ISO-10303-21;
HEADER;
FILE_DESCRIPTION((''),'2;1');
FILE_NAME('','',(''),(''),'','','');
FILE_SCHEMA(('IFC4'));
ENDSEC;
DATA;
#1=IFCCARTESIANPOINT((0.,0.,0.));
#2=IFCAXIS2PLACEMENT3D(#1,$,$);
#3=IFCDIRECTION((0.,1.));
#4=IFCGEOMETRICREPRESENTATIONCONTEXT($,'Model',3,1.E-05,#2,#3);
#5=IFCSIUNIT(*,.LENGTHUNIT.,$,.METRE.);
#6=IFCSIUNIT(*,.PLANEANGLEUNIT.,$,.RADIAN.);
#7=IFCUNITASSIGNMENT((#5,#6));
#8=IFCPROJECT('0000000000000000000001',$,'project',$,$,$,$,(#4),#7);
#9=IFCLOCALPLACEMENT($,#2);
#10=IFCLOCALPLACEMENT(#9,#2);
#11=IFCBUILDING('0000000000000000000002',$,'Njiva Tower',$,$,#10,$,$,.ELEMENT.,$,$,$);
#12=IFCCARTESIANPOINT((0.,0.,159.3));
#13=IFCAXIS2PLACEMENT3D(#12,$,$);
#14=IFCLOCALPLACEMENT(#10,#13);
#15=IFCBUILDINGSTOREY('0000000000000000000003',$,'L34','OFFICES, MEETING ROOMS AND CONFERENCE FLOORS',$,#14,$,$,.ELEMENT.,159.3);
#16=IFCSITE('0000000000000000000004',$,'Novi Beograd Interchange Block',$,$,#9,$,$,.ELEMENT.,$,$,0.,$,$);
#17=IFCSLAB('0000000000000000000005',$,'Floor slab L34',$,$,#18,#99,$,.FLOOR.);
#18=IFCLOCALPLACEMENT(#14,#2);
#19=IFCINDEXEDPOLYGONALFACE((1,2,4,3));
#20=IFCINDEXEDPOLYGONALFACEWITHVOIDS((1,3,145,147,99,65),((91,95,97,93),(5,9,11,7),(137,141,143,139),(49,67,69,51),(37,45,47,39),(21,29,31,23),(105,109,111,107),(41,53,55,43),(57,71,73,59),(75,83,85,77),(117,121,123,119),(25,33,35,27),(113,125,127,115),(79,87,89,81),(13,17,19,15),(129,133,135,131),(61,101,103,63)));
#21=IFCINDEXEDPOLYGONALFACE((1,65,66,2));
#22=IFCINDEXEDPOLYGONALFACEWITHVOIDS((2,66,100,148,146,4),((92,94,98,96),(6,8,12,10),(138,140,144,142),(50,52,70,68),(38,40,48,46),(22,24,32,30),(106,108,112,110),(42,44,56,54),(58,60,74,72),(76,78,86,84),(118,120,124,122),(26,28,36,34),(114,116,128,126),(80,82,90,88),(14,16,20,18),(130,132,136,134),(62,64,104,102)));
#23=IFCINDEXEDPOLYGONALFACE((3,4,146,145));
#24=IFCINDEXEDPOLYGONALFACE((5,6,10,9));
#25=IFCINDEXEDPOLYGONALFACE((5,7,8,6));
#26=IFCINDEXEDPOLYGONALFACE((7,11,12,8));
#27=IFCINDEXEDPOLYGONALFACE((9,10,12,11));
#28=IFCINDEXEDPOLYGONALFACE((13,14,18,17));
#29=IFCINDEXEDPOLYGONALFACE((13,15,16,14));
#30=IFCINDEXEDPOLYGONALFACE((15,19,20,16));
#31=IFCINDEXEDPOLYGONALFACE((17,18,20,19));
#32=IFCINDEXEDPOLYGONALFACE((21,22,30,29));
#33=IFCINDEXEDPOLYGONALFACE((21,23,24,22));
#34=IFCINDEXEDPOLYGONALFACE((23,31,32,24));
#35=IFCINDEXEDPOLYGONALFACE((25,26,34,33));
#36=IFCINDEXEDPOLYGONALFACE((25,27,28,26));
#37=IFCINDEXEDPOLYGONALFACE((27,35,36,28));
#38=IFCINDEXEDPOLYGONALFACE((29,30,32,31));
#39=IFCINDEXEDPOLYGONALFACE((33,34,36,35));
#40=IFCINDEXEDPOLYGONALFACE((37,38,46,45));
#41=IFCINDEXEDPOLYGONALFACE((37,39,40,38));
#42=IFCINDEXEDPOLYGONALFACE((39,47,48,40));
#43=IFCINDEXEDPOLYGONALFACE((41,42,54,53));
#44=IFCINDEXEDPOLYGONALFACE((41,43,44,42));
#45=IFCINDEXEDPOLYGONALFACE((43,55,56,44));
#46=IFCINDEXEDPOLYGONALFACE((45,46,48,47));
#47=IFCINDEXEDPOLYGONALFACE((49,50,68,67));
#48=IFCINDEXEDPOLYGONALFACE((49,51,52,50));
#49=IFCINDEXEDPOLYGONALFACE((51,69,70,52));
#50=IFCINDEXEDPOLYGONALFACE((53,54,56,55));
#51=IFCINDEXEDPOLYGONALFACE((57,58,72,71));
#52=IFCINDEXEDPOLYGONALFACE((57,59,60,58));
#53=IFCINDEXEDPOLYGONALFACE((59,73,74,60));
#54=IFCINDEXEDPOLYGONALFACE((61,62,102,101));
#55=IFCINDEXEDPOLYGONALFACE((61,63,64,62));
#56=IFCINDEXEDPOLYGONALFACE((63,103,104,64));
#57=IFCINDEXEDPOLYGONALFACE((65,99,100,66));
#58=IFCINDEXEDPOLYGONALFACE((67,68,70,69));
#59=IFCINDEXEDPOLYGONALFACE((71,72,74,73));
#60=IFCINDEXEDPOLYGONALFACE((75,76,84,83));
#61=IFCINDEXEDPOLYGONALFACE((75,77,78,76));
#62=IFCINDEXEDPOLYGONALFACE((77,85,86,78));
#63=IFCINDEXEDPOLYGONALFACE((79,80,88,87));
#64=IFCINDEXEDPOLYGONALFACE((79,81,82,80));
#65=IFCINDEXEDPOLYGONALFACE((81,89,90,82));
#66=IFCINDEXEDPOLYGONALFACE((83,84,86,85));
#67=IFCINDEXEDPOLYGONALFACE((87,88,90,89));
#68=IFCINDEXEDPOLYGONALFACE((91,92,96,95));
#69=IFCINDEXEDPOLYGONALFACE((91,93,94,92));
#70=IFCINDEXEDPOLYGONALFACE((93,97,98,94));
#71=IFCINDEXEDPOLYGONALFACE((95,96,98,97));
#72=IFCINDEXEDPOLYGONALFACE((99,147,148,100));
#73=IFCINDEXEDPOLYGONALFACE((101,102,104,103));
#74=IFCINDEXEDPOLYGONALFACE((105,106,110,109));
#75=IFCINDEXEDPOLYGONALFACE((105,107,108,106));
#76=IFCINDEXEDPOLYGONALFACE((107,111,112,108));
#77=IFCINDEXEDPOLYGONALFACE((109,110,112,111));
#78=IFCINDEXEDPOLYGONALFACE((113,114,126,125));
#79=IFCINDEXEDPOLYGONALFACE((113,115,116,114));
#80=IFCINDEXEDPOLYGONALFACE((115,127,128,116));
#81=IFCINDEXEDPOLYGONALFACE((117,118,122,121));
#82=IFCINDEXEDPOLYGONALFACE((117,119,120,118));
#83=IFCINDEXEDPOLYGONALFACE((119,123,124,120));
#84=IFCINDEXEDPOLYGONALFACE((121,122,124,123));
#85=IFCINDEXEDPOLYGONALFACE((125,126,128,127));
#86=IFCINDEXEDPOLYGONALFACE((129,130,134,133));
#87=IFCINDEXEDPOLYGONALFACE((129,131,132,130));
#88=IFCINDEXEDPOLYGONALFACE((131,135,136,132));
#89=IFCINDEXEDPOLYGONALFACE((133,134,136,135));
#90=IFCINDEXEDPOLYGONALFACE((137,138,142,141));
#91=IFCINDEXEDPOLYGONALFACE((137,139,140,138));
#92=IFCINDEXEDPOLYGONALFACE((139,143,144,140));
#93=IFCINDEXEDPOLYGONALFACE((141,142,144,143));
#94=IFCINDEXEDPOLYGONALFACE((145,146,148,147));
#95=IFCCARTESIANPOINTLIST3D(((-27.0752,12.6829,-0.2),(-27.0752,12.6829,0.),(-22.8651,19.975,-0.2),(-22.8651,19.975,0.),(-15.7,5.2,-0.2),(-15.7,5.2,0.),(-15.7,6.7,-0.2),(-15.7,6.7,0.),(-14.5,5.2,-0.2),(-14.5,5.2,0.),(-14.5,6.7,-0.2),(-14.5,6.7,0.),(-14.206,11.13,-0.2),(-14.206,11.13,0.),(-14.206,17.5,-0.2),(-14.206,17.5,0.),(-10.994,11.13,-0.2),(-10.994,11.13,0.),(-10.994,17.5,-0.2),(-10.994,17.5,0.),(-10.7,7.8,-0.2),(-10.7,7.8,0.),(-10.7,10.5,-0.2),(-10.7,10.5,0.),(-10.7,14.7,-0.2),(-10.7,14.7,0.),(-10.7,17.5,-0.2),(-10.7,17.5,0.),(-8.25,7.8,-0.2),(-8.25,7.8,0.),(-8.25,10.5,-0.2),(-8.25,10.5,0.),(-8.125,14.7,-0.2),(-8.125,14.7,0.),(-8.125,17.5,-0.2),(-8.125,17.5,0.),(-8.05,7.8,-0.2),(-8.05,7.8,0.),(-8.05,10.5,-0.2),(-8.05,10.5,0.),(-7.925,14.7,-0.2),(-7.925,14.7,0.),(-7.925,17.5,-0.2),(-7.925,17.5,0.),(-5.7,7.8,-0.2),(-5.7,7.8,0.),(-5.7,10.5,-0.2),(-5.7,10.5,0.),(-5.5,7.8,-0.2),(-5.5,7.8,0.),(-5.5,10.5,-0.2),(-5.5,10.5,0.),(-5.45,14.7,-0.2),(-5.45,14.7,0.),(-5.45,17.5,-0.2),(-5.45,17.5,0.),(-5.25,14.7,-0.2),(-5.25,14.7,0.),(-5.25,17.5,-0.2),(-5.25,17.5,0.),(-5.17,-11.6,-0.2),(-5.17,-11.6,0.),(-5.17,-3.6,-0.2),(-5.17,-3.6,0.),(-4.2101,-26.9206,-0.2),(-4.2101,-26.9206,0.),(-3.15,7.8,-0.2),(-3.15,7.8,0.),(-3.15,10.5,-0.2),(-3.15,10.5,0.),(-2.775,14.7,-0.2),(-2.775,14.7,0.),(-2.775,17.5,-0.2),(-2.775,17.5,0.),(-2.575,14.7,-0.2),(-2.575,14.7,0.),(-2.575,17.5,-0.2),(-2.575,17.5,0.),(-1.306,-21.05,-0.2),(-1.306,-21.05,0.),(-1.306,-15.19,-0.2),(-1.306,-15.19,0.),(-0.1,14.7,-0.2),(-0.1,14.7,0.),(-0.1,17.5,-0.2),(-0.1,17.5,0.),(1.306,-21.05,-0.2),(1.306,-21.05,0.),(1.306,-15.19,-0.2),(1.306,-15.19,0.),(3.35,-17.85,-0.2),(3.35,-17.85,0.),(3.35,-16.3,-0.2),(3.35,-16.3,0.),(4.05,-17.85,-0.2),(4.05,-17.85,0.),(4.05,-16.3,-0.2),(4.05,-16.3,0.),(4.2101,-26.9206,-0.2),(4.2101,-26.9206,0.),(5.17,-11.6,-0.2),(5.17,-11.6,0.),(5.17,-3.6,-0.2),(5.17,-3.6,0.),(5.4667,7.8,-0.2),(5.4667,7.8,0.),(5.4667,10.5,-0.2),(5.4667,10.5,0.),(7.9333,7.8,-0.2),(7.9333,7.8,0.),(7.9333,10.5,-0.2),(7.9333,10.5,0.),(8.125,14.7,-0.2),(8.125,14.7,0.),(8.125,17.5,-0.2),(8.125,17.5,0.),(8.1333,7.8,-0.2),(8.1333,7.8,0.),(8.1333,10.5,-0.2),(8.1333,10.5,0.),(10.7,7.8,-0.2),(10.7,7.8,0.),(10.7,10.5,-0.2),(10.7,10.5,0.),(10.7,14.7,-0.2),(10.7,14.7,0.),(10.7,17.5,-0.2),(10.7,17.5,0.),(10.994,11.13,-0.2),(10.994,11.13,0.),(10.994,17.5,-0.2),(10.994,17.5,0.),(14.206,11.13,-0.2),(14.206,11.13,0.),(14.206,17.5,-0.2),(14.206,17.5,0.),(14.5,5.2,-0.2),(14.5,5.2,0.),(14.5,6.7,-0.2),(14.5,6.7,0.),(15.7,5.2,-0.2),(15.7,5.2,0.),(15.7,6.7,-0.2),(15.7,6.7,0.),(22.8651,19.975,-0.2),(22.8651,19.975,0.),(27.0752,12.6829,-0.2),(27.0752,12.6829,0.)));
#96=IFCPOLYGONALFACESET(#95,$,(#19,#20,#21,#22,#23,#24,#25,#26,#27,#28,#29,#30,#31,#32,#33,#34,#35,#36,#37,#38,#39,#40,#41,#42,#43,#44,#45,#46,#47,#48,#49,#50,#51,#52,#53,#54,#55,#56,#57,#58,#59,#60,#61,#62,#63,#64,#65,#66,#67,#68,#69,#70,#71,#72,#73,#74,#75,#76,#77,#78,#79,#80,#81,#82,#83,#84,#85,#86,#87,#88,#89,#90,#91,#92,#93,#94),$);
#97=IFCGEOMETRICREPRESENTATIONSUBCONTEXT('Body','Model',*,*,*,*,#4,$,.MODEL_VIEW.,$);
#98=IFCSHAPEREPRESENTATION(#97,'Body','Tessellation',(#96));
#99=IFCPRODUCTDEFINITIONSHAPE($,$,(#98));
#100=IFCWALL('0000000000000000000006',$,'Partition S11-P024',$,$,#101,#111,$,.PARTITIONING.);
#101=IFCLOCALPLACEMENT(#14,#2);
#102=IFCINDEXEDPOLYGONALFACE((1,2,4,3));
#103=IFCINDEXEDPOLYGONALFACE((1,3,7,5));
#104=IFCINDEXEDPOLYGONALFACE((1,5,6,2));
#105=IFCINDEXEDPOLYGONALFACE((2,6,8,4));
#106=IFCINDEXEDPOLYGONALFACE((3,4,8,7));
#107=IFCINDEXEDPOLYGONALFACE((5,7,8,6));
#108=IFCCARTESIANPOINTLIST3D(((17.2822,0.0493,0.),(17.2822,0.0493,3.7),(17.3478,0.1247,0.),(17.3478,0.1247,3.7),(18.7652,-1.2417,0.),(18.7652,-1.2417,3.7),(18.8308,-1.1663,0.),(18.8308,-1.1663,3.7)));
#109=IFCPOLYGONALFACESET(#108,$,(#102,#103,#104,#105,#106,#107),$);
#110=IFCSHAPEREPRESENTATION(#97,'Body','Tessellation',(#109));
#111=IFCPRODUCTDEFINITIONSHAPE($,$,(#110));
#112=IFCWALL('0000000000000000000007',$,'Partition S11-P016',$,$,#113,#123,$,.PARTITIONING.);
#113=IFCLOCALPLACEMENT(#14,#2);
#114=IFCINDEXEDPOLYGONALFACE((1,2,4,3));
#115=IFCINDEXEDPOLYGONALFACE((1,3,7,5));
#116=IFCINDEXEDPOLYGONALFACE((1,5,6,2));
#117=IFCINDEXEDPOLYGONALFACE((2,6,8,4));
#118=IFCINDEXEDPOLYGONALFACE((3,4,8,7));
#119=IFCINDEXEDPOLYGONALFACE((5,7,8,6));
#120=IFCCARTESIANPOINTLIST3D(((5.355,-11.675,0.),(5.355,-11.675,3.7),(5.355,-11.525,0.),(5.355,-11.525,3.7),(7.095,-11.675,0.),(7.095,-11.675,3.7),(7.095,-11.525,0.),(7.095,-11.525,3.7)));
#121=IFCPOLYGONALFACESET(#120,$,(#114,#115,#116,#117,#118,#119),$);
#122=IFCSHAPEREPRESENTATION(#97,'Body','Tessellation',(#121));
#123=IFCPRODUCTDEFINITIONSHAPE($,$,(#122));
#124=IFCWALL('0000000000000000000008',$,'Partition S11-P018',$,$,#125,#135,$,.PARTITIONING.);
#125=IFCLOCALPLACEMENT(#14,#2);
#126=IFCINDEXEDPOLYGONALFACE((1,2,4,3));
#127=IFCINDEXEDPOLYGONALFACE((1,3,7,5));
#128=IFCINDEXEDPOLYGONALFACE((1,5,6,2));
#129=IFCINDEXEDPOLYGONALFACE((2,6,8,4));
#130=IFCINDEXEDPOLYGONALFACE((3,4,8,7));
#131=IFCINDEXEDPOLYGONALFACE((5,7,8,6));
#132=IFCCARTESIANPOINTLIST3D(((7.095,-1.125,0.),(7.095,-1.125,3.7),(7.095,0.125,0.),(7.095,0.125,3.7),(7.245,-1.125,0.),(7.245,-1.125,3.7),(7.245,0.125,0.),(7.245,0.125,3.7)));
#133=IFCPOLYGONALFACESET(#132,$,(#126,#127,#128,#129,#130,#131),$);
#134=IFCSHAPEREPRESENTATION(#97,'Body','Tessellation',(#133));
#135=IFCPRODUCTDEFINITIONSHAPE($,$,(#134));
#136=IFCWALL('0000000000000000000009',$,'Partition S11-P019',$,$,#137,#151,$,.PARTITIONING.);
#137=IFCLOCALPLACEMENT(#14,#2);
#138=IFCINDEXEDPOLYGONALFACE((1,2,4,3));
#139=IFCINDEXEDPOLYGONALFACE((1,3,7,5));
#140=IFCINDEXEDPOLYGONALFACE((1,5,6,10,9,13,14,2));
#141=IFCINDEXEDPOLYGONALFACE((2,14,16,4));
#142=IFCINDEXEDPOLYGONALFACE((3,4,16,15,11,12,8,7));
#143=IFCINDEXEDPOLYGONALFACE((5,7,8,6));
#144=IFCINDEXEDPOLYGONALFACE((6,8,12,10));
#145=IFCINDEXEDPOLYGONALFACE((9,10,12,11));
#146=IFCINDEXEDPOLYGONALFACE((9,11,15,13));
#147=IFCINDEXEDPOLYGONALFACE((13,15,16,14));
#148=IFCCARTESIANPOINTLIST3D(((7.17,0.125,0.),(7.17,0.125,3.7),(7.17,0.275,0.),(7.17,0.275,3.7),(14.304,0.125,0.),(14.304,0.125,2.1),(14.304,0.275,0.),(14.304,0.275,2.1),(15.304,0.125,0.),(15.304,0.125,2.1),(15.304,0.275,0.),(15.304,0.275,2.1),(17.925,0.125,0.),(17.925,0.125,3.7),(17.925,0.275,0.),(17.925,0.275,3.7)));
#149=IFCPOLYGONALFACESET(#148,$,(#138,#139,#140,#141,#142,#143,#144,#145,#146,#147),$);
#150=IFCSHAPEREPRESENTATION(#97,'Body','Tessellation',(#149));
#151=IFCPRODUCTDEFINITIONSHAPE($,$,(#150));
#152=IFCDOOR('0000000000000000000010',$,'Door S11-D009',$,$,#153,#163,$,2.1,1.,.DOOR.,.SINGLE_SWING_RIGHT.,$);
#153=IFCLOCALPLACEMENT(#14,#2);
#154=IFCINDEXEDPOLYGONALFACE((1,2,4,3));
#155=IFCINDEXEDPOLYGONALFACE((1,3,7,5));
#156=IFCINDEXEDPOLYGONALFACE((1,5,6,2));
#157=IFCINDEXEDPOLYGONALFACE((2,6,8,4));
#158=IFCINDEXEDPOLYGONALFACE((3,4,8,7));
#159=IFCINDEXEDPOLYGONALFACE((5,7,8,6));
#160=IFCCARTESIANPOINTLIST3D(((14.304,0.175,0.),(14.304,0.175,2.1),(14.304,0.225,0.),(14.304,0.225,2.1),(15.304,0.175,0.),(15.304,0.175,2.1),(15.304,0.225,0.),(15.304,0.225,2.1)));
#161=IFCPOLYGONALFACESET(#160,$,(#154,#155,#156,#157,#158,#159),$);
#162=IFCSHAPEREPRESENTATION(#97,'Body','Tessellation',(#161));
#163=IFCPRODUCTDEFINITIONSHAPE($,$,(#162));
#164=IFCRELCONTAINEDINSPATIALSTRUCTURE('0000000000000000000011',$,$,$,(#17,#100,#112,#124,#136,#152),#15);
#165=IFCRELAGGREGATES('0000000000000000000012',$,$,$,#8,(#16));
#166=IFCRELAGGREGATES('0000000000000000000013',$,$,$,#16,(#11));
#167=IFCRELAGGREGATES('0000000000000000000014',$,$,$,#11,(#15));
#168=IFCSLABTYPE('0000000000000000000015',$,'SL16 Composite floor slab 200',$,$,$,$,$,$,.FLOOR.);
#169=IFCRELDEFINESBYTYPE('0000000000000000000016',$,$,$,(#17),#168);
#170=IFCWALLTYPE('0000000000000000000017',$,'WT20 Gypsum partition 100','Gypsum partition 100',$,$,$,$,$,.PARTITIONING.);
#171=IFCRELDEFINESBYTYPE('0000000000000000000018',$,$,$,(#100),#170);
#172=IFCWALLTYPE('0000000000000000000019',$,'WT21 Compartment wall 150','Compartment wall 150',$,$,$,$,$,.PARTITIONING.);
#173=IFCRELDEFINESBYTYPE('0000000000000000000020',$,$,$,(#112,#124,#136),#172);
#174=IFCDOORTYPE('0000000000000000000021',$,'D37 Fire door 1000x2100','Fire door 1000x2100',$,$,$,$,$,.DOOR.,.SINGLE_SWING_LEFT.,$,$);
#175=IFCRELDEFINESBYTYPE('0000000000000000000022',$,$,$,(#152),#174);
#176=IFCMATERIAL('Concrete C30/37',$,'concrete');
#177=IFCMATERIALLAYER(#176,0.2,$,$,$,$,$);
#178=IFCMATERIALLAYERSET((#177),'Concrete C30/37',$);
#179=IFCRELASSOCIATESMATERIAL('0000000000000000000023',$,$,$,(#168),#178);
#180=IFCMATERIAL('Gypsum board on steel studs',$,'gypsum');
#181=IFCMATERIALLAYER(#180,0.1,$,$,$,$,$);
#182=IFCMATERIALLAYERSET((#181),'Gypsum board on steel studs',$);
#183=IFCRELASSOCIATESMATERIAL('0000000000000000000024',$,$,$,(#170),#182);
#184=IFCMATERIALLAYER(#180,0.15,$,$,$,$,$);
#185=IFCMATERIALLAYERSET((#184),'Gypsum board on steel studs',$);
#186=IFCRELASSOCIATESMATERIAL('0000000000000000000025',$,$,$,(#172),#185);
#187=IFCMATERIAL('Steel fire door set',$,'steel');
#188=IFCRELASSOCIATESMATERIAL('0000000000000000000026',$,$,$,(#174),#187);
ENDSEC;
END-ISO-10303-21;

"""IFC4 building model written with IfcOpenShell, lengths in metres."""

from ifc_helpers import new_model, si_unit, direction, frame, frame_2d, origin, place, context, subcontext, project, spatial, polyline, rectangle, outline, extrude, material, layer, layer_set, type_object, element, fill, save


model = new_model("IFC4")

# Units and contexts
model_context = context("Model", 3, precision=1e-05, world=origin(), true_north=direction((0.0, 1.0)))
body_context = subcontext(model_context, "Body", "Model", "MODEL_VIEW")
ifc_project = project(units=[si_unit("LENGTHUNIT", "METRE"), si_unit("PLANEANGLEUNIT", "RADIAN")], contexts=[model_context])

# Site, building, storey
site_placement = place(None, origin())
site = spatial("IfcSite", under=ifc_project, at=site_placement, Name="Novi Beograd Interchange Block", CompositionType="ELEMENT", RefElevation=0.0)
building_placement = place(site_placement, origin())
building = spatial("IfcBuilding", under=site, at=building_placement, Name="Njiva Tower", CompositionType="ELEMENT")
storey_placement = place(building_placement, frame((0.0, 0.0, 159.3)))
storey = spatial("IfcBuildingStorey", under=building, at=storey_placement, Name="L34", Description="OFFICES, MEETING ROOMS AND CONFERENCE FLOORS", CompositionType="ELEMENT", Elevation=159.3)

# Slab
ifc_material_1 = material(Name="Concrete C30/37", Category="concrete")
ifc_layer_1 = layer(ifc_material_1, 0.2)
ifc_layer_set_1 = layer_set([ifc_layer_1], Name="Concrete C30/37")
slab_type_1 = type_object("IfcSlabType", Name="SL16 Composite floor slab 200", PredefinedType="FLOOR", material=ifc_layer_set_1)
slab_1_placement = place(storey_placement, frame((0.0, 0.0, -0.2)))
element("IfcSlab", 1, at=slab_1_placement, inside=storey, type_object=slab_type_1, Name="Floor slab L34", PredefinedType="FLOOR", context=body_context, shape_type="SweptSolid", body=[
    extrude(outline(polyline([(27.0752, 12.6829), (4.2101, -26.9206), (-4.2101, -26.9206), (-27.0752, 12.6829), (-22.8651, 19.975), (22.8651, 19.975), (27.0752, 12.6829)]), holes=[polyline([(14.5, 5.2), (15.7, 5.2), (15.7, 6.7), (14.5, 6.7), (14.5, 5.2)]), polyline([(10.994, 17.5), (10.994, 11.13), (14.206, 11.13), (14.206, 17.5), (10.994, 17.5)]), polyline([(8.125, 17.5), (8.125, 14.7), (10.7, 14.7), (10.7, 17.5), (8.125, 17.5)]), polyline([(8.1333, 7.8), (10.7, 7.8), (10.7, 10.5), (8.1333, 10.5), (8.1333, 7.8)]), polyline([(5.4667, 7.8), (7.9333, 7.8), (7.9333, 10.5), (5.4667, 10.5), (5.4667, 7.8)]), polyline([(5.17, -11.6), (5.17, -3.6), (-5.17, -3.6), (-5.17, -11.6), (5.17, -11.6)]), polyline([(3.35, -17.85), (4.05, -17.85), (4.05, -16.3), (3.35, -16.3), (3.35, -17.85)]), polyline([(-1.306, -21.05), (1.306, -21.05), (1.306, -15.19), (-1.306, -15.19), (-1.306, -21.05)]), polyline([(-2.575, 14.7), (-0.1, 14.7), (-0.1, 17.5), (-2.575, 17.5), (-2.575, 14.7)]), polyline([(-5.25, 14.7), (-2.775, 14.7), (-2.775, 17.5), (-5.25, 17.5), (-5.25, 14.7)]), polyline([(-5.5, 7.8), (-3.15, 7.8), (-3.15, 10.5), (-5.5, 10.5), (-5.5, 7.8)]), polyline([(-7.925, 14.7), (-5.45, 14.7), (-5.45, 17.5), (-7.925, 17.5), (-7.925, 14.7)]), polyline([(-8.05, 7.8), (-5.7, 7.8), (-5.7, 10.5), (-8.05, 10.5), (-8.05, 7.8)]), polyline([(-10.7, 14.7), (-8.125, 14.7), (-8.125, 17.5), (-10.7, 17.5), (-10.7, 14.7)]), polyline([(-10.7, 7.8), (-8.25, 7.8), (-8.25, 10.5), (-10.7, 10.5), (-10.7, 7.8)]), polyline([(-14.206, 11.13), (-10.994, 11.13), (-10.994, 17.5), (-14.206, 17.5), (-14.206, 11.13)]), polyline([(-15.7, 5.2), (-14.5, 5.2), (-14.5, 6.7), (-15.7, 6.7), (-15.7, 5.2)])]), origin(), (0.0, 0.0, 1.0), 0.2),
])

# Walls
ifc_material_2 = material(Name="Gypsum board on steel studs", Category="gypsum")
ifc_layer_2 = layer(ifc_material_2, 0.1)
ifc_layer_set_2 = layer_set([ifc_layer_2], Name="Gypsum board on steel studs")
wall_type_1 = type_object("IfcWallType", Name="WT20 Gypsum partition 100", Description="Gypsum partition 100", PredefinedType="PARTITIONING", material=ifc_layer_set_2)
wall_1_placement = place(storey_placement, frame((17.315, 0.087, 0.0), z_axis=(0.0, 0.0, 1.0), x_axis=(0.754244, -0.656594, 0.0)))
element("IfcWall", 2, at=wall_1_placement, inside=storey, type_object=wall_type_1, Name="Partition S11-P024", PredefinedType="PARTITIONING", context=body_context, shape_type="SweptSolid", body=[
    extrude(rectangle(XDim=1.9662, YDim=0.1, at=frame_2d((0.9831, 0.0))), origin(), (0.0, 0.0, 1.0), 3.7),
])
ifc_layer_3 = layer(ifc_material_2, 0.15)
ifc_layer_set_3 = layer_set([ifc_layer_3], Name="Gypsum board on steel studs")
wall_type_2 = type_object("IfcWallType", Name="WT21 Compartment wall 150", Description="Compartment wall 150", PredefinedType="PARTITIONING", material=ifc_layer_set_3)
wall_2_placement = place(storey_placement, frame((5.355, -11.6, 0.0), z_axis=(0.0, 0.0, 1.0), x_axis=(1.0, 0.0, 0.0)))
element("IfcWall", 3, at=wall_2_placement, inside=storey, type_object=wall_type_2, Name="Partition S11-P016", PredefinedType="PARTITIONING", context=body_context, shape_type="SweptSolid", body=[
    extrude(rectangle(XDim=1.74, YDim=0.15, at=frame_2d((0.87, 0.0))), origin(), (0.0, 0.0, 1.0), 3.7),
])
wall_3_placement = place(storey_placement, frame((7.17, -1.125, 0.0), z_axis=(0.0, 0.0, 1.0), x_axis=(0.0, 1.0, 0.0)))
element("IfcWall", 4, at=wall_3_placement, inside=storey, type_object=wall_type_2, Name="Partition S11-P018", PredefinedType="PARTITIONING", context=body_context, shape_type="SweptSolid", body=[
    extrude(rectangle(XDim=1.25, YDim=0.15, at=frame_2d((0.625, 0.0))), origin(), (0.0, 0.0, 1.0), 3.7),
])

# Wall, opening, door
wall_4_placement = place(storey_placement, frame((7.17, 0.2, 0.0), z_axis=(0.0, 0.0, 1.0), x_axis=(1.0, 0.0, 0.0)))
wall_4 = element("IfcWall", 5, at=wall_4_placement, inside=storey, type_object=wall_type_2, Name="Partition S11-P019", PredefinedType="PARTITIONING", context=body_context, shape_type="SweptSolid", body=[
    extrude(rectangle(XDim=10.755, YDim=0.15, at=frame_2d((5.3775, 0.0))), origin(), (0.0, 0.0, 1.0), 3.7),
])
opening_1_placement = place(wall_4_placement, frame((7.134, 0.0, 0.0)))
opening_1 = element("IfcOpeningElement", 6, at=opening_1_placement, cuts=wall_4, PredefinedType="OPENING", context=body_context, shape_type="SweptSolid", body=[
    extrude(rectangle(XDim=1.0, YDim=2.1, at=frame_2d((0.5, 1.05))), frame((0.0, 0.085, 0.0), z_axis=(0.0, -1.0, 0.0), x_axis=(1.0, 0.0, 0.0)), (0.0, 0.0, 1.0), 0.17),
])
ifc_material_3 = material(Name="Steel fire door set", Category="steel")
door_type = type_object("IfcDoorType", Name="D37 Fire door 1000x2100", Description="Fire door 1000x2100", OperationType="SINGLE_SWING_LEFT", PredefinedType="DOOR", material=ifc_material_3)
door_1_placement = place(opening_1_placement, origin())
door_1 = element("IfcDoor", 7, at=door_1_placement, inside=storey, type_object=door_type, Name="Door S11-D009", OperationType="SINGLE_SWING_RIGHT", OverallHeight=2.1, OverallWidth=1.0, PredefinedType="DOOR", context=body_context, shape_type="SweptSolid", body=[
    extrude(rectangle(XDim=1.0, YDim=2.1, at=frame_2d((0.5, 1.05))), frame((0.0, 0.025, 0.0), z_axis=(0.0, -1.0, 0.0), x_axis=(1.0, 0.0, 0.0)), (0.0, 0.0, 1.0), 0.05),
])
fill(opening_1, door_1)

save(model, "model.ifc")
